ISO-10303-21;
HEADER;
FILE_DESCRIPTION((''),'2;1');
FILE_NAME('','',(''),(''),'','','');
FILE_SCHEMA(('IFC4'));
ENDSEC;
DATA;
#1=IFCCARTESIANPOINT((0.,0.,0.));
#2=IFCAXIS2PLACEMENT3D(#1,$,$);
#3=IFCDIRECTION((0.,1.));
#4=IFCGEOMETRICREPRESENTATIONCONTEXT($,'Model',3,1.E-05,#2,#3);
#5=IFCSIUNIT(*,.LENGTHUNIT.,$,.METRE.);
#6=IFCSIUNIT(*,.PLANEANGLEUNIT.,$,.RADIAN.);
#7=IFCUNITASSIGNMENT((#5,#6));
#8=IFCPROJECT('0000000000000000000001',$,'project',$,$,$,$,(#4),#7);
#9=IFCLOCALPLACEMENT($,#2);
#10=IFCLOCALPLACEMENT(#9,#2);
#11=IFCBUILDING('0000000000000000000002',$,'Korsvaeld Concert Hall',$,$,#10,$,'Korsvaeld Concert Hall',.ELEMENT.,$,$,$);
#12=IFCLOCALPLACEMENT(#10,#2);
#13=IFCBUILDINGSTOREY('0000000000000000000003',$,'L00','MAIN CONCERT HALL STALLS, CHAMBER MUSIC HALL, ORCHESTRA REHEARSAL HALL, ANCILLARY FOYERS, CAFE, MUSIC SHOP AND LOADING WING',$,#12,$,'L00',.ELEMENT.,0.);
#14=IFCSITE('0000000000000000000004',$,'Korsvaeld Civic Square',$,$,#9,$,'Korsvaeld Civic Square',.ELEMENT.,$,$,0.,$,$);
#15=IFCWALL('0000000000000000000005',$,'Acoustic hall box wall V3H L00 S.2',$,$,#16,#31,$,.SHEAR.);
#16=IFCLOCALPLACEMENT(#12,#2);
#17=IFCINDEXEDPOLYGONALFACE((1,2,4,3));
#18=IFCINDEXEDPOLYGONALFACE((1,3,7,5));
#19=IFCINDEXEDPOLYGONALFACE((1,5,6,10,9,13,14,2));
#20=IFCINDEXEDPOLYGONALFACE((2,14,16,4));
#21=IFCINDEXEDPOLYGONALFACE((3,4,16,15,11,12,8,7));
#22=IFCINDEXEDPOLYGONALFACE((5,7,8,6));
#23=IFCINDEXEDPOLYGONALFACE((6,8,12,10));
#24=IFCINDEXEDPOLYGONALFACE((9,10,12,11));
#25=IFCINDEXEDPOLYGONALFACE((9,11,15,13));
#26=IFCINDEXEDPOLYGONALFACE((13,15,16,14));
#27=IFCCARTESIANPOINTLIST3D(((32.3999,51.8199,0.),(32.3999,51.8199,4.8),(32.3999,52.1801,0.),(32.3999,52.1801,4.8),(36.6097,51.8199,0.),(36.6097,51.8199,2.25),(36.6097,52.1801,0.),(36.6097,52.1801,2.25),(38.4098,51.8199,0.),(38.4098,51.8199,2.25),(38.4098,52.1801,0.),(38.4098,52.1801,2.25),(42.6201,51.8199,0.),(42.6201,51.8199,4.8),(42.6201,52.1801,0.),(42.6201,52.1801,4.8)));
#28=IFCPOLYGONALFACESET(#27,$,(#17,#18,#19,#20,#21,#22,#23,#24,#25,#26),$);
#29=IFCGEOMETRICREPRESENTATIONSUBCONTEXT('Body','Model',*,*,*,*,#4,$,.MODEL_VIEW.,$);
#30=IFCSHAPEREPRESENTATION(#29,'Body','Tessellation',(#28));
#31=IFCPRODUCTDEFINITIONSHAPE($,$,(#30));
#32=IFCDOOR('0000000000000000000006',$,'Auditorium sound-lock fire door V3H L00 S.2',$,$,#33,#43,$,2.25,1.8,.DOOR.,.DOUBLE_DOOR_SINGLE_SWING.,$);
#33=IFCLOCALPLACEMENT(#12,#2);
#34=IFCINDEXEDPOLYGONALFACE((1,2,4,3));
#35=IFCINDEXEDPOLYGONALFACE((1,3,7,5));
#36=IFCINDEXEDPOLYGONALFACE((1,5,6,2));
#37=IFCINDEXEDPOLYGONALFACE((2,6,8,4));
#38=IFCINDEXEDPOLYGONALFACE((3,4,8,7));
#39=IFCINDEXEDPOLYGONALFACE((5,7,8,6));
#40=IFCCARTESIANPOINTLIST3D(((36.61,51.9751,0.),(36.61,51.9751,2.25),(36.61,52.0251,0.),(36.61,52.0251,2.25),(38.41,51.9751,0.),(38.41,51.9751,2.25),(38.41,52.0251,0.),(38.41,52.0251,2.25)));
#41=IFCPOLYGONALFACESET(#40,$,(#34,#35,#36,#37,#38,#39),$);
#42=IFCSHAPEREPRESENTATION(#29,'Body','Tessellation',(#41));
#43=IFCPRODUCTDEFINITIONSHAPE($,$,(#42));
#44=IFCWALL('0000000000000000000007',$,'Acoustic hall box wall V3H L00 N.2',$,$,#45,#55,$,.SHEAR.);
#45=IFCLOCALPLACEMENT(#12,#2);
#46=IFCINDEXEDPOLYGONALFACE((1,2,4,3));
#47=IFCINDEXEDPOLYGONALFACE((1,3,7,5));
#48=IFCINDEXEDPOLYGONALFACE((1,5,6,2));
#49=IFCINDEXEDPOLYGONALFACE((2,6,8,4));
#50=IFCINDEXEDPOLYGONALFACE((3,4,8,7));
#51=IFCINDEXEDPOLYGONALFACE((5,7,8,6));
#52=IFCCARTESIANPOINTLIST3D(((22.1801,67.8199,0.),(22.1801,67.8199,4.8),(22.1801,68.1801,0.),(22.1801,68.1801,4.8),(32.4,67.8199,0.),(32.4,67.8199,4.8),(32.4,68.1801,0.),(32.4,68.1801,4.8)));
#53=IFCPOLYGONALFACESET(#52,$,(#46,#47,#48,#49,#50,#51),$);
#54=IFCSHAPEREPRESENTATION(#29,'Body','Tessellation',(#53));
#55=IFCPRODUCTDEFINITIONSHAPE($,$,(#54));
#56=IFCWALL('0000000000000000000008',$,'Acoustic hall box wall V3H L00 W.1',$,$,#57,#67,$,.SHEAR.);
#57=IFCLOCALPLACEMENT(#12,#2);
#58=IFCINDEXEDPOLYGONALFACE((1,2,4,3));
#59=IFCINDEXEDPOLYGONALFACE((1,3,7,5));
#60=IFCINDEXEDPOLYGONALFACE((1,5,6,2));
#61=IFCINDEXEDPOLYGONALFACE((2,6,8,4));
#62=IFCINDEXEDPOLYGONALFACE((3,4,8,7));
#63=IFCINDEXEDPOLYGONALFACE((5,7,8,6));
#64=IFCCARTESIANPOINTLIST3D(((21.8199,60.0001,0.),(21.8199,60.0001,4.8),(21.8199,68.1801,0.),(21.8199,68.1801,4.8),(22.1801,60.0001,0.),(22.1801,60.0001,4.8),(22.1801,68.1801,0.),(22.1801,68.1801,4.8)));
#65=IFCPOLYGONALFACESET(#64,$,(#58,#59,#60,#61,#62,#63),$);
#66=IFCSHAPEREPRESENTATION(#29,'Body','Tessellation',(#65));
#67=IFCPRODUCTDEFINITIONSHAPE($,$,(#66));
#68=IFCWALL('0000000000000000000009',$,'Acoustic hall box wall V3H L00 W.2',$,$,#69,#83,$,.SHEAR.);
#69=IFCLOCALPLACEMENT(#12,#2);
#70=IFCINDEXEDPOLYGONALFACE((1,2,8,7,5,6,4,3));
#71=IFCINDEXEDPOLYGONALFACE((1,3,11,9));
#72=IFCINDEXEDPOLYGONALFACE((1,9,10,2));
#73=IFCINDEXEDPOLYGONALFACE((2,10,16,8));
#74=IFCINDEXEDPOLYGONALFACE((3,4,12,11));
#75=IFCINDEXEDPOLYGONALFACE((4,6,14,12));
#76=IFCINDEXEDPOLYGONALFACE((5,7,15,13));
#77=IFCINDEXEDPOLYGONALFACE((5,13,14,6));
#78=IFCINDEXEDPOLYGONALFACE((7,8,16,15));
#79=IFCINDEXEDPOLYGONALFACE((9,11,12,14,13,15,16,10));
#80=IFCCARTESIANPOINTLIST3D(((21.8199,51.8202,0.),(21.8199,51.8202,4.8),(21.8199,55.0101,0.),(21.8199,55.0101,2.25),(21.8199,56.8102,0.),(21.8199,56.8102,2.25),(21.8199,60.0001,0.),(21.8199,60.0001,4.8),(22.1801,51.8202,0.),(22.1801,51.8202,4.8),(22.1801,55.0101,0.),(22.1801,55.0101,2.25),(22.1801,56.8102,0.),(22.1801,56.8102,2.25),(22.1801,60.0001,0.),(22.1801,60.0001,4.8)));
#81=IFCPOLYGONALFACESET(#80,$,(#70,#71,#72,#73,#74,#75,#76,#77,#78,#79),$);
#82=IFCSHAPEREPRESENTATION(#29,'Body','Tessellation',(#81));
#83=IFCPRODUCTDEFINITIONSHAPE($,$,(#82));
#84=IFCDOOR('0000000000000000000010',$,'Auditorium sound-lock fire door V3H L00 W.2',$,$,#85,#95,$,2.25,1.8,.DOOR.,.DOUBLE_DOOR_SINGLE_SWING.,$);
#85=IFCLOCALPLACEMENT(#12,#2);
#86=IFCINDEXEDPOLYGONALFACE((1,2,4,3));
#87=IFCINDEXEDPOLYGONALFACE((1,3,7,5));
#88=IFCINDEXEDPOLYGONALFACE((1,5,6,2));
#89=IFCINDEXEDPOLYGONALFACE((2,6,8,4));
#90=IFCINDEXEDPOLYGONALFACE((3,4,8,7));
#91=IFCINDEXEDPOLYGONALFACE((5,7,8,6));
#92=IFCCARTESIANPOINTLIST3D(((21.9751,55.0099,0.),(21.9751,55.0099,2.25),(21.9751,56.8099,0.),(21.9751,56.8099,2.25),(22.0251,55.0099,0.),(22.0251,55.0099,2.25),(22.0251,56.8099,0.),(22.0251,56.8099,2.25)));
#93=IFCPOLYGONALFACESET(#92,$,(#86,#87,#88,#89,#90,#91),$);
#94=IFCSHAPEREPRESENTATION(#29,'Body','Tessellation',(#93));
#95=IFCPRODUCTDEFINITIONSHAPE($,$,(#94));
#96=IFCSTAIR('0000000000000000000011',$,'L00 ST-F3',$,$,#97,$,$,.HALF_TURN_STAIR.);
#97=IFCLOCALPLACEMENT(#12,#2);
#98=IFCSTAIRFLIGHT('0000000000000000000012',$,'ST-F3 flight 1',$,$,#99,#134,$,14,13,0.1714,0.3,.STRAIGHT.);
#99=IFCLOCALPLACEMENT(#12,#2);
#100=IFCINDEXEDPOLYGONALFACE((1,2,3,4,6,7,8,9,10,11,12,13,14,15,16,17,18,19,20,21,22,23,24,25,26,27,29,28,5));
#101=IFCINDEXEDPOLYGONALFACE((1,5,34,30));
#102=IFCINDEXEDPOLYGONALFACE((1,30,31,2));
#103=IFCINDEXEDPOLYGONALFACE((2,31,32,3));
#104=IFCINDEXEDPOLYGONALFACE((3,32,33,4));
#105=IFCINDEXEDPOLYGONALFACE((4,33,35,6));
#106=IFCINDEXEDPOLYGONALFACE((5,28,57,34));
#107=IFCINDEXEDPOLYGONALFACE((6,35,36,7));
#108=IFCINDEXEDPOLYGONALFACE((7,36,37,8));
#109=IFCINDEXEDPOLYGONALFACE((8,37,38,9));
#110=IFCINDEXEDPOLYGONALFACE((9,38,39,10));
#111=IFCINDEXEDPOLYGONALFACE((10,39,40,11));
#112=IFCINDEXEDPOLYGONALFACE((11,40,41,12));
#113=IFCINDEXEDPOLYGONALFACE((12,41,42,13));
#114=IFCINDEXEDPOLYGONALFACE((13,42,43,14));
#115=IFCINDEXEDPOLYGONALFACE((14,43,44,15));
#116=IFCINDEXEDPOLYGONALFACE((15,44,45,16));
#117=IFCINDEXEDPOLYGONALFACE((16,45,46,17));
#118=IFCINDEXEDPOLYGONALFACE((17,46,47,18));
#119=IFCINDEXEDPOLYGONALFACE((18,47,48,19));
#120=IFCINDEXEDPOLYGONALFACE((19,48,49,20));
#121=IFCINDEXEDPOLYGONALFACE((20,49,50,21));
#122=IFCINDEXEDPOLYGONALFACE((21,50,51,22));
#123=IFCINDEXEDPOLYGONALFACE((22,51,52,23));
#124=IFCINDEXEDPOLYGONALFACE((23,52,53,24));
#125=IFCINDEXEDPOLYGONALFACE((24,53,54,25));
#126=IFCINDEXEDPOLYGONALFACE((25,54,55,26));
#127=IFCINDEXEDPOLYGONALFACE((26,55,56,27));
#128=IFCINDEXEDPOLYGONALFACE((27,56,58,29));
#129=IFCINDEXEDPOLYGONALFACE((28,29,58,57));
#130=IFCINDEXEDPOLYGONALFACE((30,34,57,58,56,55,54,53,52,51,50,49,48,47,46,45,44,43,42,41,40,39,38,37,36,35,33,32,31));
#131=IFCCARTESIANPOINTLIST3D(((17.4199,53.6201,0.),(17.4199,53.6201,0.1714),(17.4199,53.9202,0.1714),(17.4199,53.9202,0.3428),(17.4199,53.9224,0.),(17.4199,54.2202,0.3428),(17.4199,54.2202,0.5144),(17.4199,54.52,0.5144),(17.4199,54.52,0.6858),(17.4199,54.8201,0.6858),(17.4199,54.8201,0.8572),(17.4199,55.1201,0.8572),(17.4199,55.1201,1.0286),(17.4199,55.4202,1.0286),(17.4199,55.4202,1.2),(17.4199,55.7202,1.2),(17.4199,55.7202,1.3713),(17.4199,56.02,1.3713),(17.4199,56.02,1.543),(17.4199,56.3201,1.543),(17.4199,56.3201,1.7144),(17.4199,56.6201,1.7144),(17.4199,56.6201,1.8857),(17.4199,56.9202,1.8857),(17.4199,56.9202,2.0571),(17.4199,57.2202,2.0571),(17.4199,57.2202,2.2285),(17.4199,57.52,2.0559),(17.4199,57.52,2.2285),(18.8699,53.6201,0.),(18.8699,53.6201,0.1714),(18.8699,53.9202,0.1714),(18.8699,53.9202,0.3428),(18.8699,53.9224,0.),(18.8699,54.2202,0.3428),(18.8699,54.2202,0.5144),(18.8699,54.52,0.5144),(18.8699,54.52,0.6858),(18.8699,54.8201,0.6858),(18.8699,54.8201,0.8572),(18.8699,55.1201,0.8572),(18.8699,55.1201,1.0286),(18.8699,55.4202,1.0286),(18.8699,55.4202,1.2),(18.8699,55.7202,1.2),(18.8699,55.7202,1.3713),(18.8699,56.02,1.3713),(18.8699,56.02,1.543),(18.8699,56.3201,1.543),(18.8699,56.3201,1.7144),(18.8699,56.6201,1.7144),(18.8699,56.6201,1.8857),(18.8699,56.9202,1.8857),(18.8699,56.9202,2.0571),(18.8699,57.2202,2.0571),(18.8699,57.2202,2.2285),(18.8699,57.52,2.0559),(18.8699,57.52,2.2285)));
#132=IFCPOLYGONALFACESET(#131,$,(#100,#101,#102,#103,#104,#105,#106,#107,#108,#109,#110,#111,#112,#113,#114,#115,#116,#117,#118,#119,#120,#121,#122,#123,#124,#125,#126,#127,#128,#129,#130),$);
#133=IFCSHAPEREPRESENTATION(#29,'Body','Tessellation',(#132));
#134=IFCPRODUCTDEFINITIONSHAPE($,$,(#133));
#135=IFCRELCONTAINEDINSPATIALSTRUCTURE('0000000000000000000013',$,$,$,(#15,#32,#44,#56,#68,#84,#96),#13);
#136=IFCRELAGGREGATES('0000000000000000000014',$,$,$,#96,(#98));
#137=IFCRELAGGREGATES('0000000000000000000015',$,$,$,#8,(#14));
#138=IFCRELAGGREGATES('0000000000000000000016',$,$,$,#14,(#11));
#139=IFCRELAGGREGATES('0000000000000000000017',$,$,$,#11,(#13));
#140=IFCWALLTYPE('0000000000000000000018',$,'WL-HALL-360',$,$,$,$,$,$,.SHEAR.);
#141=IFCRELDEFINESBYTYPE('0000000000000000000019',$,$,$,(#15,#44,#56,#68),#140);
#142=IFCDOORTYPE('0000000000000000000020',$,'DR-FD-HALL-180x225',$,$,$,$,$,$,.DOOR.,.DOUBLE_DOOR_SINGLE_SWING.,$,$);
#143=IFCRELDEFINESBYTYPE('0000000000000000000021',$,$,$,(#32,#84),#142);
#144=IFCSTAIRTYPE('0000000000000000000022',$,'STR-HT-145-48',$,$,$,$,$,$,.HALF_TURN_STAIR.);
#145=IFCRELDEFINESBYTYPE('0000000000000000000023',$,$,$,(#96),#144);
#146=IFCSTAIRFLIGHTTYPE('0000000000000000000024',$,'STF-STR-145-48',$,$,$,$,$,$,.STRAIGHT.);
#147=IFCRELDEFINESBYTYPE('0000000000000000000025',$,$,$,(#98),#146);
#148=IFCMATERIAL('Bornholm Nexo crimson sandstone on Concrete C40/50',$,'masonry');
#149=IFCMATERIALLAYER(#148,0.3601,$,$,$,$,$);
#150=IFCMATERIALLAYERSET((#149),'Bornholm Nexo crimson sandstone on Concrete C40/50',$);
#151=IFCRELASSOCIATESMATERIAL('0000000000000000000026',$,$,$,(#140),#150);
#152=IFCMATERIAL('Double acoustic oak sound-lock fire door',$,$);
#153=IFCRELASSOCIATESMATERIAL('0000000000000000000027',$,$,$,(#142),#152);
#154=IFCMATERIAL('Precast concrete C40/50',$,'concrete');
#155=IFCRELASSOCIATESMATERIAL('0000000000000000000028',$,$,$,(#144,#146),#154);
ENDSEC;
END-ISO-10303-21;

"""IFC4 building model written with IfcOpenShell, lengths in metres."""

from ifc_helpers import new_model, si_unit, direction, frame, frame_2d, origin, place, context, subcontext, project, spatial, polyline, rectangle, outline, extrude, material, layer, layer_set, type_object, element, fill, aggregate, save


model = new_model("IFC4")

# Units and contexts
model_context = context("Model", 3, precision=1e-05, world=origin(), true_north=direction((0.0, 1.0)))
body_context = subcontext(model_context, "Body", "Model", "MODEL_VIEW")
ifc_project = project(units=[si_unit("LENGTHUNIT", "METRE"), si_unit("PLANEANGLEUNIT", "RADIAN")], contexts=[model_context])

# Site, building, storey
site_placement = place(None, origin())
site = spatial("IfcSite", under=ifc_project, at=site_placement, Name="Korsvaeld Civic Square", LongName="Korsvaeld Civic Square", CompositionType="ELEMENT", RefElevation=0.0)
building_placement = place(site_placement, origin())
building = spatial("IfcBuilding", under=site, at=building_placement, Name="Korsvaeld Concert Hall", LongName="Korsvaeld Concert Hall", CompositionType="ELEMENT")
storey_placement = place(building_placement, origin())
storey = spatial("IfcBuildingStorey", under=building, at=storey_placement, Name="L00", Description="MAIN CONCERT HALL STALLS, CHAMBER MUSIC HALL, ORCHESTRA REHEARSAL HALL, ANCILLARY FOYERS, CAFE, MUSIC SHOP AND LOADING WING", LongName="L00", CompositionType="ELEMENT", Elevation=0.0)

# Shared definitions
ifc_material_1 = material(Name="Bornholm Nexo crimson sandstone on Concrete C40/50", Category="masonry")
ifc_layer_1 = layer(ifc_material_1, 0.3601)
ifc_layer_set_1 = layer_set([ifc_layer_1], Name="Bornholm Nexo crimson sandstone on Concrete C40/50")
wall_type_1 = type_object("IfcWallType", Name="WL-HALL-360", PredefinedType="SHEAR", material=ifc_layer_set_1)

# Wall, opening, door
wall_1_placement = place(storey_placement, frame((32.3999, 52.0, 0.0), z_axis=(0.0, 0.0, 1.0), x_axis=(1.0, 0.0, 0.0)))
wall_1 = element("IfcWall", 1, at=wall_1_placement, inside=storey, type_object=wall_type_1, Name="Acoustic hall box wall V3H L00 S.2", PredefinedType="SHEAR", context=body_context, shape_type="SweptSolid", body=[
    extrude(rectangle(XDim=10.2202, YDim=0.3601, at=frame_2d((5.1101, 0.0))), origin(), (0.0, 0.0, 1.0), 4.8),
])
opening_1_placement = place(wall_1_placement, frame((4.21, 0.0, 0.0)))
opening_1 = element("IfcOpeningElement", 2, at=opening_1_placement, cuts=wall_1, PredefinedType="OPENING", context=body_context, shape_type="SweptSolid", body=[
    extrude(rectangle(XDim=1.8, YDim=2.25, at=frame_2d((0.8999, 1.125))), frame((0.0, 0.1899, 0.0), z_axis=(0.0, -1.0, 0.0), x_axis=(1.0, 0.0, 0.0)), (0.0, 0.0, 1.0), 0.3801),
])
ifc_material_2 = material(Name="Double acoustic oak sound-lock fire door")
door_type = type_object("IfcDoorType", Name="DR-FD-HALL-180x225", OperationType="DOUBLE_DOOR_SINGLE_SWING", PredefinedType="DOOR", material=ifc_material_2)
door_1_placement = place(opening_1_placement, frame((1.8, 0.0, 0.0), z_axis=(0.0, 0.0, 1.0), x_axis=(-1.0, 0.0, 0.0)))
door_1 = element("IfcDoor", 3, at=door_1_placement, inside=storey, type_object=door_type, Name="Auditorium sound-lock fire door V3H L00 S.2", OperationType="DOUBLE_DOOR_SINGLE_SWING", OverallHeight=2.25, OverallWidth=1.8, PredefinedType="DOOR", context=body_context, shape_type="SweptSolid", body=[
    extrude(rectangle(XDim=1.8, YDim=2.25, at=frame_2d((0.8999, 1.125))), frame((0.0, 0.0249, 0.0), z_axis=(0.0, -1.0, 0.0), x_axis=(1.0, 0.0, 0.0)), (0.0, 0.0, 1.0), 0.05),
])
fill(opening_1, door_1)

# Walls
wall_2_placement = place(storey_placement, frame((32.3999, 68.0, 0.0), z_axis=(0.0, 0.0, 1.0), x_axis=(-1.0, 0.0, 0.0)))
element("IfcWall", 4, at=wall_2_placement, inside=storey, type_object=wall_type_1, Name="Acoustic hall box wall V3H L00 N.2", PredefinedType="SHEAR", context=body_context, shape_type="SweptSolid", body=[
    extrude(rectangle(XDim=10.22, YDim=0.3601, at=frame_2d((5.1099, 0.0))), origin(), (0.0, 0.0, 1.0), 4.8),
])
wall_3_placement = place(storey_placement, frame((22.0, 68.1799, 0.0), z_axis=(0.0, 0.0, 1.0), x_axis=(0.0, -1.0, 0.0)))
element("IfcWall", 5, at=wall_3_placement, inside=storey, type_object=wall_type_1, Name="Acoustic hall box wall V3H L00 W.1", PredefinedType="SHEAR", context=body_context, shape_type="SweptSolid", body=[
    extrude(rectangle(XDim=8.1799, YDim=0.3601, at=frame_2d((4.0898, 0.0))), origin(), (0.0, 0.0, 1.0), 4.8),
])

# Wall, opening, door
wall_4_placement = place(storey_placement, frame((22.0, 60.0, 0.0), z_axis=(0.0, 0.0, 1.0), x_axis=(0.0, -1.0, 0.0)))
wall_4 = element("IfcWall", 6, at=wall_4_placement, inside=storey, type_object=wall_type_1, Name="Acoustic hall box wall V3H L00 W.2", PredefinedType="SHEAR", context=body_context, shape_type="SweptSolid", body=[
    extrude(rectangle(XDim=8.1799, YDim=0.3601, at=frame_2d((4.0898, 0.0))), origin(), (0.0, 0.0, 1.0), 4.8),
])
opening_2_placement = place(wall_4_placement, frame((3.1899, 0.0, 0.0)))
opening_2 = element("IfcOpeningElement", 7, at=opening_2_placement, cuts=wall_4, PredefinedType="OPENING", context=body_context, shape_type="SweptSolid", body=[
    extrude(rectangle(XDim=1.8, YDim=2.25, at=frame_2d((0.8999, 1.125))), frame((0.0, 0.1899, 0.0), z_axis=(0.0, -1.0, 0.0), x_axis=(1.0, 0.0, 0.0)), (0.0, 0.0, 1.0), 0.3801),
])
door_2_placement = place(opening_2_placement, frame((1.8, 0.0, 0.0), z_axis=(0.0, 0.0, 1.0), x_axis=(-1.0, 0.0, 0.0)))
door_2 = element("IfcDoor", 8, at=door_2_placement, inside=storey, type_object=door_type, Name="Auditorium sound-lock fire door V3H L00 W.2", OperationType="DOUBLE_DOOR_SINGLE_SWING", OverallHeight=2.25, OverallWidth=1.8, PredefinedType="DOOR", context=body_context, shape_type="SweptSolid", body=[
    extrude(rectangle(XDim=1.8, YDim=2.25, at=frame_2d((0.8999, 1.125))), frame((0.0, 0.0249, 0.0), z_axis=(0.0, -1.0, 0.0), x_axis=(1.0, 0.0, 0.0)), (0.0, 0.0, 1.0), 0.05),
])
fill(opening_2, door_2)

# Stair, stair flight
ifc_material_3 = material(Name="Precast concrete C40/50", Category="concrete")
stair_type = type_object("IfcStairType", Name="STR-HT-145-48", PredefinedType="HALF_TURN_STAIR", material=ifc_material_3)
stair_placement = place(storey_placement, origin())
stair = element("IfcStair", 9, at=stair_placement, inside=storey, type_object=stair_type, Name="L00 ST-F3", PredefinedType="HALF_TURN_STAIR")
stair_flight_type = type_object("IfcStairFlightType", Name="STF-STR-145-48", PredefinedType="STRAIGHT", material=ifc_material_3)
stair_flight_placement = place(storey_placement, frame((18.145, 53.6201, 0.0), z_axis=(0.0, 0.0, 1.0), x_axis=(0.0, 1.0, 0.0)))
stair_flight = element("IfcStairFlight", 10, at=stair_flight_placement, type_object=stair_flight_type, Name="ST-F3 flight 1", NumberOfRisers=14, NumberOfTreads=13, PredefinedType="STRAIGHT", RiserHeight=0.1714, TreadLength=0.3, context=body_context, shape_type="SweptSolid", body=[
    extrude(outline(polyline([(0.0, 0.0), (0.0, 0.1714), (0.3, 0.1714), (0.3, 0.3428), (0.6001, 0.3428), (0.6001, 0.5144), (0.8999, 0.5144), (0.8999, 0.6858), (1.2, 0.6858), (1.2, 0.8572), (1.5, 0.8572), (1.5, 1.0286), (1.8, 1.0286), (1.8, 1.2), (2.1001, 1.2), (2.1001, 1.3713), (2.3999, 1.3713), (2.3999, 1.543), (2.7, 1.543), (2.7, 1.7144), (3.0, 1.7144), (3.0, 1.8857), (3.3, 1.8857), (3.3, 2.0571), (3.6001, 2.0571), (3.6001, 2.2285), (3.8999, 2.2285), (3.8999, 2.3999), (3.8999, 2.0559), (0.3022, 0.0), (0.0, 0.0)])), frame((0.0, 0.7251, 0.0), z_axis=(0.0, -1.0, 0.0), x_axis=(1.0, 0.0, 0.0)), (0.0, 0.0, 1.0), 1.45),
])
aggregate(stair, [stair_flight])

save(model, "model.ifc")
